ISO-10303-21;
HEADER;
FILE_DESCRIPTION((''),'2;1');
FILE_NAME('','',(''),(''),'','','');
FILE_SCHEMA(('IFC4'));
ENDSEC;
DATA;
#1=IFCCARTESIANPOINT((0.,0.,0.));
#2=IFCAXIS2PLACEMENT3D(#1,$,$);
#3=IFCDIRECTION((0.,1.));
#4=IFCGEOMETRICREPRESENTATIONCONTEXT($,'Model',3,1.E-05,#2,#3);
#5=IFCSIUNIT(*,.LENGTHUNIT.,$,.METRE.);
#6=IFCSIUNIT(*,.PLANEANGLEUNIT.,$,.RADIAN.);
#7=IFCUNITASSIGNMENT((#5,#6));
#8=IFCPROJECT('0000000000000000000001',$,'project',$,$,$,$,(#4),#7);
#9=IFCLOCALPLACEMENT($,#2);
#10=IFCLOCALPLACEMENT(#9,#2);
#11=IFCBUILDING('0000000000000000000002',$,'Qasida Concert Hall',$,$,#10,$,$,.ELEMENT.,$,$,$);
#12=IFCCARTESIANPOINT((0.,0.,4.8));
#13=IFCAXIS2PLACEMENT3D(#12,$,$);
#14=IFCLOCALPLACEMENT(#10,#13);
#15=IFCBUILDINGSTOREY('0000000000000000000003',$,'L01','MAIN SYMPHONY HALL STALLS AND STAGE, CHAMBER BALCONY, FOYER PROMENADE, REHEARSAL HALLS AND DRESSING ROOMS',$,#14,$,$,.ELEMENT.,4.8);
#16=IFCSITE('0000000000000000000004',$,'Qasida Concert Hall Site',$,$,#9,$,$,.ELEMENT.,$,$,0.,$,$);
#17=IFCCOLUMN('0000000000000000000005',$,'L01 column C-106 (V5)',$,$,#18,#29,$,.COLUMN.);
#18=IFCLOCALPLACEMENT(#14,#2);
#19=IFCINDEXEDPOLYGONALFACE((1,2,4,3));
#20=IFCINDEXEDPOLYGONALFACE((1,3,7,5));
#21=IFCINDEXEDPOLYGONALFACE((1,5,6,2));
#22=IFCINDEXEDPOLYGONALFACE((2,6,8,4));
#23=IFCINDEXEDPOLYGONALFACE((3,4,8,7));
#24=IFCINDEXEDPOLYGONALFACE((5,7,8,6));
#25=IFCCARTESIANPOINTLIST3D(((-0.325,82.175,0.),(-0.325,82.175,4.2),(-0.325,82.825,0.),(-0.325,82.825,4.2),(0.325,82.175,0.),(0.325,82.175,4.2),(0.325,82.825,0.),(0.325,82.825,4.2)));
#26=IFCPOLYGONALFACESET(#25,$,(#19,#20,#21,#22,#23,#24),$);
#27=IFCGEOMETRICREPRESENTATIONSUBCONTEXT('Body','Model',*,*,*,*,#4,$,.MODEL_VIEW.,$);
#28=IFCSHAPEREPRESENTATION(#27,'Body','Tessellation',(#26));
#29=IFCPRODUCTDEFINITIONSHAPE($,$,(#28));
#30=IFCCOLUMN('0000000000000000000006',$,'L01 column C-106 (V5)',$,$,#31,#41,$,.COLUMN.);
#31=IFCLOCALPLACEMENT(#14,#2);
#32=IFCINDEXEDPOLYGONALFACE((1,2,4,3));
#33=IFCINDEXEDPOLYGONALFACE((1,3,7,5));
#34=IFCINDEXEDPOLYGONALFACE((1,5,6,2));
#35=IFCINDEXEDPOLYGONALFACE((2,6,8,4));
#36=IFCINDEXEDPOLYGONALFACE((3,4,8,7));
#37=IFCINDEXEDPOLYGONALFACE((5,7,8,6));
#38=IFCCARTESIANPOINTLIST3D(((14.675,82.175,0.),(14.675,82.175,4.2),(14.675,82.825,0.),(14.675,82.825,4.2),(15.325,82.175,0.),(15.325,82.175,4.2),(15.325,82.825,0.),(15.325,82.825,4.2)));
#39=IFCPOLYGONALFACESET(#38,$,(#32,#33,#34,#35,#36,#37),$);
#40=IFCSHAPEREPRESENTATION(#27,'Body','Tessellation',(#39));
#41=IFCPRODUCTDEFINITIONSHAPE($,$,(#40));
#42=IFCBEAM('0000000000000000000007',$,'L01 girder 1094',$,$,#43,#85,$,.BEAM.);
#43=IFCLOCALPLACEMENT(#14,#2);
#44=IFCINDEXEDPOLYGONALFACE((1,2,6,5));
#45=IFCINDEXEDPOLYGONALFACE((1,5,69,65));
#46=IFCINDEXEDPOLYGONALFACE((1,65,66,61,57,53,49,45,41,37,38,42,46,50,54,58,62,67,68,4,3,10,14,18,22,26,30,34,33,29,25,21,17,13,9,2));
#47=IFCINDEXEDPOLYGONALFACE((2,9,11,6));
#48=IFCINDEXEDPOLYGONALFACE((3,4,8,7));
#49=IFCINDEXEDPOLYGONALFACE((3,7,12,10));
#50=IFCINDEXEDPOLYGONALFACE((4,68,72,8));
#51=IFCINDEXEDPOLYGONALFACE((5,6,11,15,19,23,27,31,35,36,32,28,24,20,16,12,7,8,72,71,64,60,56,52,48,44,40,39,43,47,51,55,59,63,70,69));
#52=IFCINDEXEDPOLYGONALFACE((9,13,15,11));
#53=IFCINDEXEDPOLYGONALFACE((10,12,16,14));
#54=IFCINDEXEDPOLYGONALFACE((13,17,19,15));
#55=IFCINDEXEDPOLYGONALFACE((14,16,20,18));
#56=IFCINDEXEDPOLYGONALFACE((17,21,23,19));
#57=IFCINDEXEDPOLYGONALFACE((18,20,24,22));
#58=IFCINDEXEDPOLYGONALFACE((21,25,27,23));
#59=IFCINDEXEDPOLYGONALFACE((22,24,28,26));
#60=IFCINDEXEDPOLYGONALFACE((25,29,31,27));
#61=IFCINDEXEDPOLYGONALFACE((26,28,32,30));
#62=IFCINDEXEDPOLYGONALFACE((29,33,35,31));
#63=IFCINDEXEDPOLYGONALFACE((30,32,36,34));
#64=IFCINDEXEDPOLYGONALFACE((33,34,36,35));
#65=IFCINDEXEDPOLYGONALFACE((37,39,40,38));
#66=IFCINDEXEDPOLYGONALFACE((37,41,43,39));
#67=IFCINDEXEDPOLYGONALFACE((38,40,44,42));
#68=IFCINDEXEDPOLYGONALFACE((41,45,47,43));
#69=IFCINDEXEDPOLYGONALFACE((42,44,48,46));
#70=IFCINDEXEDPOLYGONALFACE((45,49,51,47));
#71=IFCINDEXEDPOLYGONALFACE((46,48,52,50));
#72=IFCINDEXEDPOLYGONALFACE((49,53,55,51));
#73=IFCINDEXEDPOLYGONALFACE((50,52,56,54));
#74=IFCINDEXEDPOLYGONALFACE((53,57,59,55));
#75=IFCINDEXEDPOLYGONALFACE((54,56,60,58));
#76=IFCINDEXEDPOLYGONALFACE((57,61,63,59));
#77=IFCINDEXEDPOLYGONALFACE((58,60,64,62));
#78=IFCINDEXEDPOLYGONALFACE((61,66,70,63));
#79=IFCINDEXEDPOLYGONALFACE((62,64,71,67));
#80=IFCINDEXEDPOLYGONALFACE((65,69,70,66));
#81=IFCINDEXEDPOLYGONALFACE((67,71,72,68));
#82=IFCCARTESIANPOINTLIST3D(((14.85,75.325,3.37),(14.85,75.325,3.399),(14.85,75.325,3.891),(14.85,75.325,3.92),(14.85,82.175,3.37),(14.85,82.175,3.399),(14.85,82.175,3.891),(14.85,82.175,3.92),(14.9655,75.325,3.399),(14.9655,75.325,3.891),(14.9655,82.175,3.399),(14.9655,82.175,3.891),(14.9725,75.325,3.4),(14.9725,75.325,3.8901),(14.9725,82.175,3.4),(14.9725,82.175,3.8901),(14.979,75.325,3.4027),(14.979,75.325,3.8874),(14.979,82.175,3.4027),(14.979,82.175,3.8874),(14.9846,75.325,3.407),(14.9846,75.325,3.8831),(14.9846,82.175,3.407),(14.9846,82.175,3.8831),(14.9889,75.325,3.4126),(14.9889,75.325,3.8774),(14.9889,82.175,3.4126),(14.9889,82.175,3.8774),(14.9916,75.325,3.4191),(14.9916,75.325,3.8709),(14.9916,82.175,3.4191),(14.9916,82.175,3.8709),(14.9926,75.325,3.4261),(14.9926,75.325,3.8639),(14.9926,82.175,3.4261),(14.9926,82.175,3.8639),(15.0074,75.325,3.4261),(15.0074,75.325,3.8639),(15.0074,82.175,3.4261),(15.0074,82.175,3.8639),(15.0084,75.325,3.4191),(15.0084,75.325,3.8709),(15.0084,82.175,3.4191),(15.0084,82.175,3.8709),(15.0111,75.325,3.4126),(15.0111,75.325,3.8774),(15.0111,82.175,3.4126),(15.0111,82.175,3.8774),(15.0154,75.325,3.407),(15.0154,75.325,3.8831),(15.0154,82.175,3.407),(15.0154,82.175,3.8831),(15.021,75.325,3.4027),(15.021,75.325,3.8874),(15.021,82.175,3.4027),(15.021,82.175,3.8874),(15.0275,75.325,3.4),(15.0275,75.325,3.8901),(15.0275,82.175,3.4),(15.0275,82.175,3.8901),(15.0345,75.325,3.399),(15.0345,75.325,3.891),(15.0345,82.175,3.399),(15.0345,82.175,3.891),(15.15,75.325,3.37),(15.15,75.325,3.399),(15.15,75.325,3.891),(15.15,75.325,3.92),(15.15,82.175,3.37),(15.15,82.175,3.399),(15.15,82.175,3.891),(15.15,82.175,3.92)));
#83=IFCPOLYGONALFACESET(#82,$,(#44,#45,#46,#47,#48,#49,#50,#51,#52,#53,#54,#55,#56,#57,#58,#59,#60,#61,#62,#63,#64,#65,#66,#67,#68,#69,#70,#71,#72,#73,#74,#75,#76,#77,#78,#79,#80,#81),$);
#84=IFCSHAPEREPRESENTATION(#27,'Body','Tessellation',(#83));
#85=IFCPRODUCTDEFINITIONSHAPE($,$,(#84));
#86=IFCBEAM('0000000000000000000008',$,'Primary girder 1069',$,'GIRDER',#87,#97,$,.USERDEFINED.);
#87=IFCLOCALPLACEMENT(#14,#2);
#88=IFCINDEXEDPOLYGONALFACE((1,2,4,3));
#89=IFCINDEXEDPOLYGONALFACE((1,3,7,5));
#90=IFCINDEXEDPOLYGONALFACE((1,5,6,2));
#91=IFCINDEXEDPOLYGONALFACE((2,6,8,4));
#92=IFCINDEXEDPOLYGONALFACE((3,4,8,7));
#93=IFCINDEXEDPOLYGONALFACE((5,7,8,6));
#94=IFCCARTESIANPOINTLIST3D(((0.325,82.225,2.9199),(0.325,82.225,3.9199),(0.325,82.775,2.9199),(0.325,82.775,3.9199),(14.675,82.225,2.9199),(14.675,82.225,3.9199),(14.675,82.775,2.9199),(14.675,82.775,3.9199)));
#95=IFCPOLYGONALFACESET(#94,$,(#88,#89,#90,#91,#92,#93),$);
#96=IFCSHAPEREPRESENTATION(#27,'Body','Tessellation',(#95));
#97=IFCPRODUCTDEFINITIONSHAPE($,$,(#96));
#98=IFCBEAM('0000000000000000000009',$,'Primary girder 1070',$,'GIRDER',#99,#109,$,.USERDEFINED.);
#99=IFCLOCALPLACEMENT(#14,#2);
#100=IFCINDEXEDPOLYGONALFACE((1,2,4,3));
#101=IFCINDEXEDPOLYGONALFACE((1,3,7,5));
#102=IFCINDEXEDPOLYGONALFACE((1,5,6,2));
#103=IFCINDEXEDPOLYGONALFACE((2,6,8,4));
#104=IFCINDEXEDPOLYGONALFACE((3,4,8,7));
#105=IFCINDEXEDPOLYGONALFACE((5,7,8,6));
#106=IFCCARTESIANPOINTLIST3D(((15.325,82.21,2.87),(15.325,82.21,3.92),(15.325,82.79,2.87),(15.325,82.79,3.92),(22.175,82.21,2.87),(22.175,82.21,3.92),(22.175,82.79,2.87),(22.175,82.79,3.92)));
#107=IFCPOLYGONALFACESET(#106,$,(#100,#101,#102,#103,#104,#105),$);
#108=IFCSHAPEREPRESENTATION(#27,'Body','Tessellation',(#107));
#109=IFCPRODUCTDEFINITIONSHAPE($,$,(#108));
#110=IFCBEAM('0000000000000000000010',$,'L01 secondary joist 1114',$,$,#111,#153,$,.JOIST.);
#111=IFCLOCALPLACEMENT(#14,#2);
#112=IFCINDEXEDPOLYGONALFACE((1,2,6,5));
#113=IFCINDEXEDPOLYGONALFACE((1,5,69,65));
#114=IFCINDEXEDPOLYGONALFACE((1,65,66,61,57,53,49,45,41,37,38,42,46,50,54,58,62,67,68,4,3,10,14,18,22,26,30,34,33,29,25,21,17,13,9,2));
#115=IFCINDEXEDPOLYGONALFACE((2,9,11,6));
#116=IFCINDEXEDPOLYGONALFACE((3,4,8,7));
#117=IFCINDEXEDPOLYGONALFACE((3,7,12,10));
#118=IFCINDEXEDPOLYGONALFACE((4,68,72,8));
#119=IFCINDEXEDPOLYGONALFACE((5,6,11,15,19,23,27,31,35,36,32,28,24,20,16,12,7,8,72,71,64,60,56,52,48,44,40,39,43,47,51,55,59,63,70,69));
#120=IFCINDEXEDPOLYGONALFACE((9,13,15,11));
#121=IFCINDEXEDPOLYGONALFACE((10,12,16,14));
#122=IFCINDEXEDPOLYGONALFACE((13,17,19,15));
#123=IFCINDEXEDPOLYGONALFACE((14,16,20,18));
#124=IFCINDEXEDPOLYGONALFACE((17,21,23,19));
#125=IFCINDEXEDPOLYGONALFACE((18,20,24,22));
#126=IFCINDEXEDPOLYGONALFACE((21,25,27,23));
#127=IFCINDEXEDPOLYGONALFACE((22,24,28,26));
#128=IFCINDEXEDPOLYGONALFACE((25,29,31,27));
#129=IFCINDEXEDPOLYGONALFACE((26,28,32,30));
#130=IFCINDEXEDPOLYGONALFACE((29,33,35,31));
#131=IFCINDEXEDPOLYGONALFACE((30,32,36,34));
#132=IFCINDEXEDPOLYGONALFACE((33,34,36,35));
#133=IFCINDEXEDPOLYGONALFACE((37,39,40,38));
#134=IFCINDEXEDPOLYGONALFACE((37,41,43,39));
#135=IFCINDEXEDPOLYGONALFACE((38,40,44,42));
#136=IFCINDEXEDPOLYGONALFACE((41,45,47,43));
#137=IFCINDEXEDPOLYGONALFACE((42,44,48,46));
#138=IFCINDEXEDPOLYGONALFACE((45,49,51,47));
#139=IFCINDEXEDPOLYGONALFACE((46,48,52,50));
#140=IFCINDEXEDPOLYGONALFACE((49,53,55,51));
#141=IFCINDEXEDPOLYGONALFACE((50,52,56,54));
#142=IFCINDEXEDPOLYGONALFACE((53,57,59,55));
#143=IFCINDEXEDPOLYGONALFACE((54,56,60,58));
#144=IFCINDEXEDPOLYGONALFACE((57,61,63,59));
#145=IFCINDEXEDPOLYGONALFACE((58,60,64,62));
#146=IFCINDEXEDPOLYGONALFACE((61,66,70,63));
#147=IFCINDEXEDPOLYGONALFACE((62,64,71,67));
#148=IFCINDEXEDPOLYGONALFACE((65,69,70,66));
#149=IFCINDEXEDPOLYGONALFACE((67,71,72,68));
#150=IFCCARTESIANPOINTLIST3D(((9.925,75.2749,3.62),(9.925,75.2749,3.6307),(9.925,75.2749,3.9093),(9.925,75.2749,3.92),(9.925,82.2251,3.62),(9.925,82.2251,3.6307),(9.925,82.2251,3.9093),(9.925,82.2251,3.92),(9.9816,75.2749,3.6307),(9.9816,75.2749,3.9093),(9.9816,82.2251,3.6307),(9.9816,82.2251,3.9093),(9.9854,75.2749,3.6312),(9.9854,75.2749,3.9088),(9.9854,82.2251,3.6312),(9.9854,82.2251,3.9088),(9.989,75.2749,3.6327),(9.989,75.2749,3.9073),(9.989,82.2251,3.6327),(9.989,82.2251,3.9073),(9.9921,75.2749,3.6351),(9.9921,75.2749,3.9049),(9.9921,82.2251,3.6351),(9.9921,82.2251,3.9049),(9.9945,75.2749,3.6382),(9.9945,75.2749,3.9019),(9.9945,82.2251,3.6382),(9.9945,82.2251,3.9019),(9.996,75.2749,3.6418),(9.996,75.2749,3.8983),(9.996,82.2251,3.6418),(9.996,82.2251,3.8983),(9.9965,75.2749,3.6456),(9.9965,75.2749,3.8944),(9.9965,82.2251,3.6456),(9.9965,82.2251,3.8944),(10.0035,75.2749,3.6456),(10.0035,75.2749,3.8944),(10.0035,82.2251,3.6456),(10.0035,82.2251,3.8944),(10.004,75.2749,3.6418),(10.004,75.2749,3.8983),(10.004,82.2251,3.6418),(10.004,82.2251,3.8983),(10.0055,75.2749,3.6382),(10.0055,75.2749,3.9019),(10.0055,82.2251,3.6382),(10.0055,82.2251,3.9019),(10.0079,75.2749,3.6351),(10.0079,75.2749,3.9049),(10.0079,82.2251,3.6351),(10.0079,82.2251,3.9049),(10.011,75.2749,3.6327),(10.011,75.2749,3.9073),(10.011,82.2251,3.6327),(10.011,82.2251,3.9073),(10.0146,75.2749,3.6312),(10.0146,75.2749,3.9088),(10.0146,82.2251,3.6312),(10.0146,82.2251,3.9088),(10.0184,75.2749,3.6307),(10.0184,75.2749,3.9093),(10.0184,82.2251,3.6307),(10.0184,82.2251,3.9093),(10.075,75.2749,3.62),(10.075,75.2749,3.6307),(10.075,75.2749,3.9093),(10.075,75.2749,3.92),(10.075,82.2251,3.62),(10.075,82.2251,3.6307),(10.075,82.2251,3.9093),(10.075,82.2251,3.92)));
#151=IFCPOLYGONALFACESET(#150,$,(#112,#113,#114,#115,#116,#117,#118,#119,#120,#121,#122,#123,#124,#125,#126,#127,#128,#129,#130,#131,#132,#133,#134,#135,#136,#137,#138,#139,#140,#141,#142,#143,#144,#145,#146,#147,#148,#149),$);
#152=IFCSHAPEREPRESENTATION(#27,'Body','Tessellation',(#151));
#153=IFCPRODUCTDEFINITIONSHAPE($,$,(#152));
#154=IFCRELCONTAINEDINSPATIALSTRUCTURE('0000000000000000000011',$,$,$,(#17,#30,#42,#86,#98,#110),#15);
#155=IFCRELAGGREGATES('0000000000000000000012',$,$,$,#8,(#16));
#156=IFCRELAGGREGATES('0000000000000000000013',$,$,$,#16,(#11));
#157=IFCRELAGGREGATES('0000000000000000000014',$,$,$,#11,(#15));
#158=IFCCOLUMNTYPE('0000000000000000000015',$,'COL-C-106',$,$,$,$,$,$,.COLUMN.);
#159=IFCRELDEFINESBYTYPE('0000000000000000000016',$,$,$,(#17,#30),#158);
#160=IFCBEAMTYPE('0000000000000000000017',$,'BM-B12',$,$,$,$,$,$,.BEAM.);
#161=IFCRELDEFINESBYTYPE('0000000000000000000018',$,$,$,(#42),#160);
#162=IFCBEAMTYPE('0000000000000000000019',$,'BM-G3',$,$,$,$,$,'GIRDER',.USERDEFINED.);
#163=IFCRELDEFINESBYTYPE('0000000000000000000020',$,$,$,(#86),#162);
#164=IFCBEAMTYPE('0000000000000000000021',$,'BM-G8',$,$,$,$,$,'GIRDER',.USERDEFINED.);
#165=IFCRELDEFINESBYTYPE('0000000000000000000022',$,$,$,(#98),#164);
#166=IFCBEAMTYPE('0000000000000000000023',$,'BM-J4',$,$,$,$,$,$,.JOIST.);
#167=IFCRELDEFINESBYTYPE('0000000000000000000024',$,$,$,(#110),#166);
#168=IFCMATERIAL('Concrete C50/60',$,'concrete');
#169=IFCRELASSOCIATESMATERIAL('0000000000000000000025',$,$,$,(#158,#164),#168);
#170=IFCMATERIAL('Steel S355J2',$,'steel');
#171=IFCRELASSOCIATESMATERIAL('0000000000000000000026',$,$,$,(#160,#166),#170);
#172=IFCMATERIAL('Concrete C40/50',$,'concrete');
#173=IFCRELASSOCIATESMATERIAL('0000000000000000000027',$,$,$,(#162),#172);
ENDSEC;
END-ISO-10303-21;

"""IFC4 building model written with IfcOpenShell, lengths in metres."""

from ifc_helpers import new_model, si_unit, direction, frame, origin, origin_2d, place, context, subcontext, project, spatial, rectangle, i_section, extrude, material, material_profile, profile_set, type_object, element, save


model = new_model("IFC4")

# Units and contexts
model_context = context("Model", 3, precision=1e-05, world=origin(), true_north=direction((0.0, 1.0)))
body_context = subcontext(model_context, "Body", "Model", "MODEL_VIEW")
ifc_project = project(units=[si_unit("LENGTHUNIT", "METRE"), si_unit("PLANEANGLEUNIT", "RADIAN")], contexts=[model_context])

# Site, building, storey
site_placement = place(None, origin())
site = spatial("IfcSite", under=ifc_project, at=site_placement, Name="Qasida Concert Hall Site", CompositionType="ELEMENT", RefElevation=0.0)
building_placement = place(site_placement, origin())
building = spatial("IfcBuilding", under=site, at=building_placement, Name="Qasida Concert Hall", CompositionType="ELEMENT")
storey_placement = place(building_placement, frame((0.0, 0.0, 4.8)))
storey = spatial("IfcBuildingStorey", under=building, at=storey_placement, Name="L01", Description="MAIN SYMPHONY HALL STALLS AND STAGE, CHAMBER BALCONY, FOYER PROMENADE, REHEARSAL HALLS AND DRESSING ROOMS", CompositionType="ELEMENT", Elevation=4.8)

# Columns
ifc_material_1 = material(Name="Concrete C50/60", Category="concrete")
ifc_material_profile_1 = material_profile(ifc_material_1, rectangle(XDim=0.6499, YDim=0.6499, at=origin_2d()), Name="RC 650x650")
ifc_profile_set_1 = profile_set([ifc_material_profile_1], Name="Concrete C50/60")
column_type = type_object("IfcColumnType", Name="COL-C-106", PredefinedType="COLUMN", material=ifc_profile_set_1)
for number, where, z_axis, x_axis, name in (
    (1, (0.0, 82.5, 0.0), (0.0, 0.0, 1.0), (1.0, 0.0, 0.0), "L01 column C-106 (V5)"),
    (2, (15.0, 82.5, 0.0), (0.0, 0.0, 1.0), (1.0, 0.0, 0.0), "L01 column C-106 (V5)"),
):
    element("IfcColumn", number, at=place(storey_placement, frame(where, z_axis=z_axis, x_axis=x_axis)), inside=storey, type_object=column_type, Name=name, PredefinedType="COLUMN", context=body_context, shape_type="SweptSolid", body=[
        extrude(rectangle(XDim=0.6499, YDim=0.6499, at=origin_2d()), origin(), (0.0, 0.0, 1.0), 4.2),
    ])

# Beams
ifc_material_2 = material(Name="Steel S355J2", Category="steel")
ifc_material_profile_2 = material_profile(ifc_material_2, i_section(OverallWidth=0.3, OverallDepth=0.55, WebThickness=0.0149, FlangeThickness=0.0291, FilletRadius=0.0271, at=origin_2d()), Name="HEB 550")
ifc_profile_set_2 = profile_set([ifc_material_profile_2], Name="Steel S355J2")
beam_type_1 = type_object("IfcBeamType", Name="BM-B12", PredefinedType="BEAM", material=ifc_profile_set_2)
beam_1_placement = place(storey_placement, frame((15.0, 75.325, 3.645), z_axis=(0.0, 1.0, 0.0), x_axis=(-1.0, 0.0, 0.0)))
element("IfcBeam", 3, at=beam_1_placement, inside=storey, type_object=beam_type_1, Name="L01 girder 1094", PredefinedType="BEAM", context=body_context, shape_type="SweptSolid", body=[
    extrude(i_section(OverallWidth=0.3, OverallDepth=0.55, WebThickness=0.0149, FlangeThickness=0.0291, FilletRadius=0.0271, at=origin_2d()), origin(), (0.0, 0.0, 1.0), 6.8501),
])
ifc_material_3 = material(Name="Concrete C40/50", Category="concrete")
ifc_material_profile_3 = material_profile(ifc_material_3, rectangle(XDim=0.55, YDim=1.0, at=origin_2d()), Name="RC 550x1000")
ifc_profile_set_3 = profile_set([ifc_material_profile_3], Name="Concrete C40/50")
beam_type_2 = type_object("IfcBeamType", Name="BM-G3", ElementType="GIRDER", PredefinedType="USERDEFINED", material=ifc_profile_set_3)
beam_2_placement = place(storey_placement, frame((0.325, 82.5, 3.4199), z_axis=(1.0, 0.0, 0.0), x_axis=(0.0, 1.0, 0.0)))
element("IfcBeam", 4, at=beam_2_placement, inside=storey, type_object=beam_type_2, Name="Primary girder 1069", ObjectType="GIRDER", PredefinedType="USERDEFINED", context=body_context, shape_type="SweptSolid", body=[
    extrude(rectangle(XDim=0.55, YDim=1.0, at=origin_2d()), origin(), (0.0, 0.0, 1.0), 14.3501),
])
ifc_material_profile_4 = material_profile(ifc_material_1, rectangle(XDim=0.5801, YDim=1.05, at=origin_2d()), Name="RC 580x1050")
ifc_profile_set_4 = profile_set([ifc_material_profile_4], Name="Concrete C50/60")
beam_type_3 = type_object("IfcBeamType", Name="BM-G8", ElementType="GIRDER", PredefinedType="USERDEFINED", material=ifc_profile_set_4)
beam_3_placement = place(storey_placement, frame((15.325, 82.5, 3.395), z_axis=(1.0, 0.0, 0.0), x_axis=(0.0, 1.0, 0.0)))
element("IfcBeam", 5, at=beam_3_placement, inside=storey, type_object=beam_type_3, Name="Primary girder 1070", ObjectType="GIRDER", PredefinedType="USERDEFINED", context=body_context, shape_type="SweptSolid", body=[
    extrude(rectangle(XDim=0.5801, YDim=1.05, at=origin_2d()), origin(), (0.0, 0.0, 1.0), 6.8501),
])
ifc_material_profile_5 = material_profile(ifc_material_2, i_section(OverallWidth=0.1499, OverallDepth=0.3, WebThickness=0.0071, FlangeThickness=0.0107, FilletRadius=0.0149, at=origin_2d()), Name="IPE 300")
ifc_profile_set_5 = profile_set([ifc_material_profile_5], Name="Steel S355J2")
beam_type_4 = type_object("IfcBeamType", Name="BM-J4", PredefinedType="JOIST", material=ifc_profile_set_5)
for number, where, z_axis, x_axis, name in (
    (6, (10.0, 75.2749, 3.77), (0.0, 1.0, 0.0), (-1.0, 0.0, 0.0), "L01 secondary joist 1114"),
):
    element("IfcBeam", number, at=place(storey_placement, frame(where, z_axis=z_axis, x_axis=x_axis)), inside=storey, type_object=beam_type_4, Name=name, PredefinedType="JOIST", context=body_context, shape_type="SweptSolid", body=[
        extrude(i_section(OverallWidth=0.1499, OverallDepth=0.3, WebThickness=0.0071, FlangeThickness=0.0107, FilletRadius=0.0149, at=origin_2d()), origin(), (0.0, 0.0, 1.0), 6.9502),
    ])

save(model, "model.ifc")
